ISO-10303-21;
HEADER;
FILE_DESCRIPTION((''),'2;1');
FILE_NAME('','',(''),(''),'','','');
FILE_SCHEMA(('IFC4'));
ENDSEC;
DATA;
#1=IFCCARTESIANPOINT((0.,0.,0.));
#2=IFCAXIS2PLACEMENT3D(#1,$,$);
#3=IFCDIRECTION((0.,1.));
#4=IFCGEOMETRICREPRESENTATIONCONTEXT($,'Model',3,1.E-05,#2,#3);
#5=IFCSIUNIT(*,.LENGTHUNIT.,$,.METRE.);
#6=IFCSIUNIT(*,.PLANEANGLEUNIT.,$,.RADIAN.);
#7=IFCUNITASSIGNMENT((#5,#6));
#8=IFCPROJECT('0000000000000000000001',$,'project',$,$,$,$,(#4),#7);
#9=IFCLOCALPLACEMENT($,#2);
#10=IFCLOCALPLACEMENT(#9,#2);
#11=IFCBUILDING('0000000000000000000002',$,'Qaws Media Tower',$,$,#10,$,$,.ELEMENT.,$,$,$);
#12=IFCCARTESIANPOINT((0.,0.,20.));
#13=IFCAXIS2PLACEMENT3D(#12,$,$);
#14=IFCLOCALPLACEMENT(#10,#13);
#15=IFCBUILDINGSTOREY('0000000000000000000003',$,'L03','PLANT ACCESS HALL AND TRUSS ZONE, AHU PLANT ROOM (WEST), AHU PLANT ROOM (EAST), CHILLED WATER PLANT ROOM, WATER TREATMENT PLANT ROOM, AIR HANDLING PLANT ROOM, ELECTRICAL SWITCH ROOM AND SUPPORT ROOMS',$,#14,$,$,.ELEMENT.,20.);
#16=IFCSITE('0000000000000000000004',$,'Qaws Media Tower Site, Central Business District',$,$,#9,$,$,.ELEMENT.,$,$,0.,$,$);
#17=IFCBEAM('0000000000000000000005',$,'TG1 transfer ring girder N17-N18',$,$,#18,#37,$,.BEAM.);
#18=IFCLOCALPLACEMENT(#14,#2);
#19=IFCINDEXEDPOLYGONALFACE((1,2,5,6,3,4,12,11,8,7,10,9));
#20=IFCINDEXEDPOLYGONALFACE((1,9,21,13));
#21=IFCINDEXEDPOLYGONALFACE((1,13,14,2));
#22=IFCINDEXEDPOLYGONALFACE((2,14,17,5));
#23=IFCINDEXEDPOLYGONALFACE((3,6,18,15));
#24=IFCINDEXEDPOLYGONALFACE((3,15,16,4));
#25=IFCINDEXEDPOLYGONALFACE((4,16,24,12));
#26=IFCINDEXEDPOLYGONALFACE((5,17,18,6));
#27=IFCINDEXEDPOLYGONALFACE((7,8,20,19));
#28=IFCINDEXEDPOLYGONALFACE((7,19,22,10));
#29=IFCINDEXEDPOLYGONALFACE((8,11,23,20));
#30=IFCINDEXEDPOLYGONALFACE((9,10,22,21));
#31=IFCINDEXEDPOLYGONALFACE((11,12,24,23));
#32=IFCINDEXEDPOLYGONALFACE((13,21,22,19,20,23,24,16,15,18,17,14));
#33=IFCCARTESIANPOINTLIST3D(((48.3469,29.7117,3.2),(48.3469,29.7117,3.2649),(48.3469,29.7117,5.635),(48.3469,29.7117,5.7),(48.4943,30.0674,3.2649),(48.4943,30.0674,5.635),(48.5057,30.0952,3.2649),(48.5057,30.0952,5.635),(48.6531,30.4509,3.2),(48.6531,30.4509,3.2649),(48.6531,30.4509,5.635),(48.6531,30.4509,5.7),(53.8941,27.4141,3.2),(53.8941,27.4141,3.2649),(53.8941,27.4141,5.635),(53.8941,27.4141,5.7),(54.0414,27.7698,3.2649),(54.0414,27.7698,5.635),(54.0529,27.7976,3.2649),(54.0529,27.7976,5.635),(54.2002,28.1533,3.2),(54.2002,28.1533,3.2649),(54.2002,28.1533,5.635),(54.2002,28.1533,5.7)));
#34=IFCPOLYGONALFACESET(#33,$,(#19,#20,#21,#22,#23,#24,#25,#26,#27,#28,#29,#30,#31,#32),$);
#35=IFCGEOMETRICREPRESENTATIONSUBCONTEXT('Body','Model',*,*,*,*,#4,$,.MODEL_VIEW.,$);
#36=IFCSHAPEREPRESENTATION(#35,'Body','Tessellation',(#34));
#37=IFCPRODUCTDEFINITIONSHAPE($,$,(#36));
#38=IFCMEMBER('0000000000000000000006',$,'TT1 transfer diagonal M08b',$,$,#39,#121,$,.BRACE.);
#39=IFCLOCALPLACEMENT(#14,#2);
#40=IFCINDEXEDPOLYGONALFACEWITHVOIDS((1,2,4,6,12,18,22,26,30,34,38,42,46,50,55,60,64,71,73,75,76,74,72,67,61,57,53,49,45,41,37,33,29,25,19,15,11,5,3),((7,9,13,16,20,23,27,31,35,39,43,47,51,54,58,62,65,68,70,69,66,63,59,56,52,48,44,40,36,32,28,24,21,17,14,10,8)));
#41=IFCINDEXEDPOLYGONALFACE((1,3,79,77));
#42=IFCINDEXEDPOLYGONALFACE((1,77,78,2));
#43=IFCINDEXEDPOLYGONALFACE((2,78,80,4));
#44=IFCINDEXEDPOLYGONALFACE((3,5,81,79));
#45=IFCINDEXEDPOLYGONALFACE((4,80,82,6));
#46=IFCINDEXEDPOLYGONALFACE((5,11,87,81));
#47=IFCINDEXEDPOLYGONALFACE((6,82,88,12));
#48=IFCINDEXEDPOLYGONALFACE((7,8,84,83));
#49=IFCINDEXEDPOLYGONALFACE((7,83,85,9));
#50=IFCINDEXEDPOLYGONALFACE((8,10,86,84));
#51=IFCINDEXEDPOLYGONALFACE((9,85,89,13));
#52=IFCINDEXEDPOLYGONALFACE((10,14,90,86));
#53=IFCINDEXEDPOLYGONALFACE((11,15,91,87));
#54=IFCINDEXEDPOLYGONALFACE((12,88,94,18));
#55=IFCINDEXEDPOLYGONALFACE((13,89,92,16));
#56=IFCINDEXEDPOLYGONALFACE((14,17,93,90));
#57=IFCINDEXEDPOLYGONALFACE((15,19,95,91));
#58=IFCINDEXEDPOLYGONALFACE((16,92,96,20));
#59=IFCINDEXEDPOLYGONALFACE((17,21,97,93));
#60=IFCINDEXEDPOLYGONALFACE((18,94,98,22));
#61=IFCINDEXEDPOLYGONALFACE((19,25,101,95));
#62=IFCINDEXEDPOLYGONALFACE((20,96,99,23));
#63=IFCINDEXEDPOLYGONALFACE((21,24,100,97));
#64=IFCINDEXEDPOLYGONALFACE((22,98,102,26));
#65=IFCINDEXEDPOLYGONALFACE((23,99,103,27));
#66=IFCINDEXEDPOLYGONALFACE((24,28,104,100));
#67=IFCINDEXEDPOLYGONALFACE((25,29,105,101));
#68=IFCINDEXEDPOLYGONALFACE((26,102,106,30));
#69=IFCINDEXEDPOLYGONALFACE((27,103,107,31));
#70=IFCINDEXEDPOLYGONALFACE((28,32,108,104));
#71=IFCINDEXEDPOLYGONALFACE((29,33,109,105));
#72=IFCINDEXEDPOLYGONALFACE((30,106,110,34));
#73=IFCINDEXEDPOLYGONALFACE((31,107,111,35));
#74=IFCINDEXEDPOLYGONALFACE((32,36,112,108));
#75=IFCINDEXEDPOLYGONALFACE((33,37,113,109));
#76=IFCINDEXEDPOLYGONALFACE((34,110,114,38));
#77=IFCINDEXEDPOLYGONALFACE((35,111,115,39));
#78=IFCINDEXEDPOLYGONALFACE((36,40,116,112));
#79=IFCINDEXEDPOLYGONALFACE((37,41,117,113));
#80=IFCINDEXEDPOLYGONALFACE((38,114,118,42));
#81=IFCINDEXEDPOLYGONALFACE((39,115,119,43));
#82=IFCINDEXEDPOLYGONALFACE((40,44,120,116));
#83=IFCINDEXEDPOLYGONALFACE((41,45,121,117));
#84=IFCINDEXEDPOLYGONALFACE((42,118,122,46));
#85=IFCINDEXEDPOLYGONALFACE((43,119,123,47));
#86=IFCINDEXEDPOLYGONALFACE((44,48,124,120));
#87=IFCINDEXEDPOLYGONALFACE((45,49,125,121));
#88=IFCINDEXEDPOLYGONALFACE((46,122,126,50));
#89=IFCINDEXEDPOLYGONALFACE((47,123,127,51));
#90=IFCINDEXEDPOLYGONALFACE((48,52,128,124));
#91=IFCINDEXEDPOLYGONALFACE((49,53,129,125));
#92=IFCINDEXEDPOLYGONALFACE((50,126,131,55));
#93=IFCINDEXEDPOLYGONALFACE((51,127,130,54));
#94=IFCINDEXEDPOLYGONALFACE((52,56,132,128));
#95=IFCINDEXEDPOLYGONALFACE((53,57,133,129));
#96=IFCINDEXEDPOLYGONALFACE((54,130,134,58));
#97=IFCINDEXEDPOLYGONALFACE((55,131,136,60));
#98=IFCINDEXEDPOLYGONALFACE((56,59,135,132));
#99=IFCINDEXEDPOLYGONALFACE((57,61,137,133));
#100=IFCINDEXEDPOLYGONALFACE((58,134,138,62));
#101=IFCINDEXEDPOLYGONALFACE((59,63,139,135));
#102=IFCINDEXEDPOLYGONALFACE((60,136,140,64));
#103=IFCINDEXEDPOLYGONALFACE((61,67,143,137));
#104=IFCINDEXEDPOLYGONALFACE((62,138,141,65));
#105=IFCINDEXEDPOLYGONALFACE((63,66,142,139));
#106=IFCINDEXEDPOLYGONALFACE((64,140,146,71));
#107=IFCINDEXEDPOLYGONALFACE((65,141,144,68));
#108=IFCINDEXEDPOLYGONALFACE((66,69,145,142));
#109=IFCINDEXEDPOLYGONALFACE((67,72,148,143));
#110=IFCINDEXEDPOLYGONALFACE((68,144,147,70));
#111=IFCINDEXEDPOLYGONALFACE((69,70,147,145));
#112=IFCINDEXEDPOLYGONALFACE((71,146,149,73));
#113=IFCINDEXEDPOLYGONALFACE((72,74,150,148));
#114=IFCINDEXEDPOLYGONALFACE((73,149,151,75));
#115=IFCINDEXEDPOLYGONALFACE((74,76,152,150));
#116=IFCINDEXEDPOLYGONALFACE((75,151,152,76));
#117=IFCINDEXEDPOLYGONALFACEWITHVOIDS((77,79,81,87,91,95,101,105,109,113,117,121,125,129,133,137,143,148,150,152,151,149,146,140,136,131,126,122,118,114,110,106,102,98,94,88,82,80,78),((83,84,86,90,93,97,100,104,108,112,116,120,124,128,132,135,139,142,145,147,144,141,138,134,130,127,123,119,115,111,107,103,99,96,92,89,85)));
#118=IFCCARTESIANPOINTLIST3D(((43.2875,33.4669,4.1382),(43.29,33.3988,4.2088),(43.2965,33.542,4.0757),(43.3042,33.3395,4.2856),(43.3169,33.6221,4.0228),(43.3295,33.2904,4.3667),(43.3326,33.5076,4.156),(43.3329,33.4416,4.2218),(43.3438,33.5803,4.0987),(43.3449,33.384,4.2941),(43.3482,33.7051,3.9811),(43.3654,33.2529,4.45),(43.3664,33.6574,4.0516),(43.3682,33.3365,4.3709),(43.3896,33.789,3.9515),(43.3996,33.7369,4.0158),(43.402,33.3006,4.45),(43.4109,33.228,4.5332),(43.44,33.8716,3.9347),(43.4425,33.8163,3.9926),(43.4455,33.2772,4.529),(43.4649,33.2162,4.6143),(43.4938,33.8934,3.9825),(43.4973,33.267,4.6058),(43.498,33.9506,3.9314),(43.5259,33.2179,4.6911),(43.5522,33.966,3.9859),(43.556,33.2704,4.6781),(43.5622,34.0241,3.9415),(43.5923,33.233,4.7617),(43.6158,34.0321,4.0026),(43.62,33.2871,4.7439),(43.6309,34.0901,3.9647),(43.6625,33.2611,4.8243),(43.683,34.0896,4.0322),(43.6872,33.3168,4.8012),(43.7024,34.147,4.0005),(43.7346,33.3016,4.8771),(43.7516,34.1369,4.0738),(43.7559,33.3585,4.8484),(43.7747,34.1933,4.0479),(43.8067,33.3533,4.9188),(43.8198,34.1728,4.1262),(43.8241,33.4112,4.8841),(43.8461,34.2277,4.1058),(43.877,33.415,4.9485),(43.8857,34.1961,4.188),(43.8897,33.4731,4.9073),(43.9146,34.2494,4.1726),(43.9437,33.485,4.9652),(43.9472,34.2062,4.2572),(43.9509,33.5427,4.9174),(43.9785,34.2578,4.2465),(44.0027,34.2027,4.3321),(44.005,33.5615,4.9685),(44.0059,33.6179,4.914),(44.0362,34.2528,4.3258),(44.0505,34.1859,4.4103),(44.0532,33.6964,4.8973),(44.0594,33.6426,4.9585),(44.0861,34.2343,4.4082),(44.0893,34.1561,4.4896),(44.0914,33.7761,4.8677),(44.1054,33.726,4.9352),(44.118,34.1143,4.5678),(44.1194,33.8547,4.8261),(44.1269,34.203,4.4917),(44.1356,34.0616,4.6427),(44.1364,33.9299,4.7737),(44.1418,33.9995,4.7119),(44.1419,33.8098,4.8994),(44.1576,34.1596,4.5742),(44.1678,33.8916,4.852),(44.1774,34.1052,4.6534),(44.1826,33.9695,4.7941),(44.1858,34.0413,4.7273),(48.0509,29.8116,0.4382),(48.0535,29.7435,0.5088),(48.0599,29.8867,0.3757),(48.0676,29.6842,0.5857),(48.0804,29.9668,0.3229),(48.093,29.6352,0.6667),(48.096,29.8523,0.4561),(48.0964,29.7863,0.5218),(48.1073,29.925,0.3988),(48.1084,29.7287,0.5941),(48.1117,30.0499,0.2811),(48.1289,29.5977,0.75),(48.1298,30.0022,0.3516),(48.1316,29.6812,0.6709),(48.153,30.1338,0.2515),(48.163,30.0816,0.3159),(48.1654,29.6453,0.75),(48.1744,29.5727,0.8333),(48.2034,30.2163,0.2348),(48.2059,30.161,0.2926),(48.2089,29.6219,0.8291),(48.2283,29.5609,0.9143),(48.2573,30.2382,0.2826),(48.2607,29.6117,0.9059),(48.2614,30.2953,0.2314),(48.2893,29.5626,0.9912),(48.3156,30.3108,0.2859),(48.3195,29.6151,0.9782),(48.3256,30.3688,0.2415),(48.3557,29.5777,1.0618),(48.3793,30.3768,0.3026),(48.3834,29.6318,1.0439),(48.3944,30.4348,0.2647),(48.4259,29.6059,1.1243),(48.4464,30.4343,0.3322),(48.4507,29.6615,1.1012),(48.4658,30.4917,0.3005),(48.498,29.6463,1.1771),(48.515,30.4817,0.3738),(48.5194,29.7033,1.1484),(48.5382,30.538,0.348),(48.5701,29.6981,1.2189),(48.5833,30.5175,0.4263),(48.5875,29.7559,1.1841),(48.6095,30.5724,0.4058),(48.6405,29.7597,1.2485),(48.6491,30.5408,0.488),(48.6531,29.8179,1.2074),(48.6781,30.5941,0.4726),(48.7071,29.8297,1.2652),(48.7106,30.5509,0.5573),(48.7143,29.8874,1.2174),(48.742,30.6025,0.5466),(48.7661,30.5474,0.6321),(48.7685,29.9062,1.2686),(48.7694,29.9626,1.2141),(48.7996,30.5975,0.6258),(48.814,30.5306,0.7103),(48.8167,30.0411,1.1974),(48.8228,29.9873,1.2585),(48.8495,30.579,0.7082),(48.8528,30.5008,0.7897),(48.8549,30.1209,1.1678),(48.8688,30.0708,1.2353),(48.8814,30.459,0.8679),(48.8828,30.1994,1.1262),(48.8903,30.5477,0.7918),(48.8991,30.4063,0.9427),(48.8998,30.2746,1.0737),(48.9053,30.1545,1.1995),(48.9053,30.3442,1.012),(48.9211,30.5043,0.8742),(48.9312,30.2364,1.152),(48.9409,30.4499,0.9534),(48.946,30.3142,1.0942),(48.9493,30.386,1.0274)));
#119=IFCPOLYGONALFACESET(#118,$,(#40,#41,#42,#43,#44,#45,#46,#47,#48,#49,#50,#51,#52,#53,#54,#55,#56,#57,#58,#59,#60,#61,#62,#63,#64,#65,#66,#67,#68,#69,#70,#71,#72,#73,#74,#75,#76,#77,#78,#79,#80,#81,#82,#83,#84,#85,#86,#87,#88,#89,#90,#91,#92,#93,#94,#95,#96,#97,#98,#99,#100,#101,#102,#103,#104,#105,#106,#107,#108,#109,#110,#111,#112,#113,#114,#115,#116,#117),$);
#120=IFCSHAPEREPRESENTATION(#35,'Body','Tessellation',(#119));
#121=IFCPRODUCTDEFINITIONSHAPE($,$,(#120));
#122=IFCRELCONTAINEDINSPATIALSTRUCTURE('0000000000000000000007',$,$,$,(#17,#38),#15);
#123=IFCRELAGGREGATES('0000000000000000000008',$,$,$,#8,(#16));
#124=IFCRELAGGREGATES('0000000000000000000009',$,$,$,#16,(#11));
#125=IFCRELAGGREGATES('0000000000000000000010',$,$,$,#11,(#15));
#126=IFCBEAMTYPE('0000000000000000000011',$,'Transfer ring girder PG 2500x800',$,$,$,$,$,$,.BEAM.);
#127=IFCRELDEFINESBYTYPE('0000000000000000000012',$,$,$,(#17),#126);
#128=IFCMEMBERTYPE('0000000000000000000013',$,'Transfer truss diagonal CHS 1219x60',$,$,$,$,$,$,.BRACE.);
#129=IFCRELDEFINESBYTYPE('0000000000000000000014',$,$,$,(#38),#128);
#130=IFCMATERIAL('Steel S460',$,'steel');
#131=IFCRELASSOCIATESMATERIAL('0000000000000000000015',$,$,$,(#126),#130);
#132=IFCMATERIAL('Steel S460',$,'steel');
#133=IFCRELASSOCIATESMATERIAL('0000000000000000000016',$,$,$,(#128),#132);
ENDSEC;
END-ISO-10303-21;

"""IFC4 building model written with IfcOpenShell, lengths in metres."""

from ifc_helpers import new_model, si_unit, direction, frame, origin, origin_2d, place, context, subcontext, project, spatial, hollow_circle, i_section, extrude, material, material_profile, profile_set, type_object, element, save


model = new_model("IFC4")

# Units and contexts
model_context = context("Model", 3, precision=1e-05, world=origin(), true_north=direction((0.0, 1.0)))
body_context = subcontext(model_context, "Body", "Model", "MODEL_VIEW")
ifc_project = project(units=[si_unit("LENGTHUNIT", "METRE"), si_unit("PLANEANGLEUNIT", "RADIAN")], contexts=[model_context])

# Site, building, storey
site_placement = place(None, origin())
site = spatial("IfcSite", under=ifc_project, at=site_placement, Name="Qaws Media Tower Site, Central Business District", CompositionType="ELEMENT", RefElevation=0.0)
building_placement = place(site_placement, origin())
building = spatial("IfcBuilding", under=site, at=building_placement, Name="Qaws Media Tower", CompositionType="ELEMENT")
storey_placement = place(building_placement, frame((0.0, 0.0, 20.0)))
storey = spatial("IfcBuildingStorey", under=building, at=storey_placement, Name="L03", Description="PLANT ACCESS HALL AND TRUSS ZONE, AHU PLANT ROOM (WEST), AHU PLANT ROOM (EAST), CHILLED WATER PLANT ROOM, WATER TREATMENT PLANT ROOM, AIR HANDLING PLANT ROOM, ELECTRICAL SWITCH ROOM AND SUPPORT ROOMS", CompositionType="ELEMENT", Elevation=20.0)

# Beam
ifc_material_1 = material(Name="Steel S460", Category="steel")
ifc_material_profile_1 = material_profile(ifc_material_1, i_section(OverallWidth=0.8, OverallDepth=2.5, WebThickness=0.03, FlangeThickness=0.0649, at=origin_2d()), Name="PG 2500x800")
ifc_profile_set_1 = profile_set([ifc_material_profile_1], Name="Steel S460")
beam_type_1 = type_object("IfcBeamType", Name="Transfer ring girder PG 2500x800", PredefinedType="BEAM", material=ifc_profile_set_1)
beam_1_placement = place(storey_placement, frame((48.5, 30.0813, 4.45), z_axis=(0.923885, -0.382671, 0.0), x_axis=(0.382671, 0.923885, 0.0)))
element("IfcBeam", 1, at=beam_1_placement, inside=storey, type_object=beam_type_1, Name="TG1 transfer ring girder N17-N18", PredefinedType="BEAM", context=body_context, shape_type="SweptSolid", body=[
    extrude(i_section(OverallWidth=0.8, OverallDepth=2.5, WebThickness=0.03, FlangeThickness=0.0649, at=origin_2d()), origin(), (0.0, 0.0, 1.0), 6.0042),
])

# Member
ifc_material_2 = material(Name="Steel S460", Category="steel")
ifc_material_profile_2 = material_profile(ifc_material_2, hollow_circle(Radius=0.6096, WallThickness=0.0601, at=origin_2d()), Name="CHS 1219x60")
ifc_profile_set_2 = profile_set([ifc_material_profile_2], Name="Steel S460")
member_type = type_object("IfcMemberType", Name="Transfer truss diagonal CHS 1219x60", PredefinedType="BRACE", material=ifc_profile_set_2)
member_1_placement = place(storey_placement, frame((48.5, 30.0813, 0.75), z_axis=(-0.675403, 0.518278, 0.524613), x_axis=(-0.608779, -0.79334, 0.0)))
element("IfcMember", 2, at=member_1_placement, inside=storey, type_object=member_type, Name="TT1 transfer diagonal M08b", PredefinedType="BRACE", context=body_context, shape_type="SweptSolid", body=[
    extrude(hollow_circle(Radius=0.6096, WallThickness=0.0601, at=origin_2d()), origin(), (0.0, 0.0, 1.0), 7.0527),
])

save(model, "model.ifc")
